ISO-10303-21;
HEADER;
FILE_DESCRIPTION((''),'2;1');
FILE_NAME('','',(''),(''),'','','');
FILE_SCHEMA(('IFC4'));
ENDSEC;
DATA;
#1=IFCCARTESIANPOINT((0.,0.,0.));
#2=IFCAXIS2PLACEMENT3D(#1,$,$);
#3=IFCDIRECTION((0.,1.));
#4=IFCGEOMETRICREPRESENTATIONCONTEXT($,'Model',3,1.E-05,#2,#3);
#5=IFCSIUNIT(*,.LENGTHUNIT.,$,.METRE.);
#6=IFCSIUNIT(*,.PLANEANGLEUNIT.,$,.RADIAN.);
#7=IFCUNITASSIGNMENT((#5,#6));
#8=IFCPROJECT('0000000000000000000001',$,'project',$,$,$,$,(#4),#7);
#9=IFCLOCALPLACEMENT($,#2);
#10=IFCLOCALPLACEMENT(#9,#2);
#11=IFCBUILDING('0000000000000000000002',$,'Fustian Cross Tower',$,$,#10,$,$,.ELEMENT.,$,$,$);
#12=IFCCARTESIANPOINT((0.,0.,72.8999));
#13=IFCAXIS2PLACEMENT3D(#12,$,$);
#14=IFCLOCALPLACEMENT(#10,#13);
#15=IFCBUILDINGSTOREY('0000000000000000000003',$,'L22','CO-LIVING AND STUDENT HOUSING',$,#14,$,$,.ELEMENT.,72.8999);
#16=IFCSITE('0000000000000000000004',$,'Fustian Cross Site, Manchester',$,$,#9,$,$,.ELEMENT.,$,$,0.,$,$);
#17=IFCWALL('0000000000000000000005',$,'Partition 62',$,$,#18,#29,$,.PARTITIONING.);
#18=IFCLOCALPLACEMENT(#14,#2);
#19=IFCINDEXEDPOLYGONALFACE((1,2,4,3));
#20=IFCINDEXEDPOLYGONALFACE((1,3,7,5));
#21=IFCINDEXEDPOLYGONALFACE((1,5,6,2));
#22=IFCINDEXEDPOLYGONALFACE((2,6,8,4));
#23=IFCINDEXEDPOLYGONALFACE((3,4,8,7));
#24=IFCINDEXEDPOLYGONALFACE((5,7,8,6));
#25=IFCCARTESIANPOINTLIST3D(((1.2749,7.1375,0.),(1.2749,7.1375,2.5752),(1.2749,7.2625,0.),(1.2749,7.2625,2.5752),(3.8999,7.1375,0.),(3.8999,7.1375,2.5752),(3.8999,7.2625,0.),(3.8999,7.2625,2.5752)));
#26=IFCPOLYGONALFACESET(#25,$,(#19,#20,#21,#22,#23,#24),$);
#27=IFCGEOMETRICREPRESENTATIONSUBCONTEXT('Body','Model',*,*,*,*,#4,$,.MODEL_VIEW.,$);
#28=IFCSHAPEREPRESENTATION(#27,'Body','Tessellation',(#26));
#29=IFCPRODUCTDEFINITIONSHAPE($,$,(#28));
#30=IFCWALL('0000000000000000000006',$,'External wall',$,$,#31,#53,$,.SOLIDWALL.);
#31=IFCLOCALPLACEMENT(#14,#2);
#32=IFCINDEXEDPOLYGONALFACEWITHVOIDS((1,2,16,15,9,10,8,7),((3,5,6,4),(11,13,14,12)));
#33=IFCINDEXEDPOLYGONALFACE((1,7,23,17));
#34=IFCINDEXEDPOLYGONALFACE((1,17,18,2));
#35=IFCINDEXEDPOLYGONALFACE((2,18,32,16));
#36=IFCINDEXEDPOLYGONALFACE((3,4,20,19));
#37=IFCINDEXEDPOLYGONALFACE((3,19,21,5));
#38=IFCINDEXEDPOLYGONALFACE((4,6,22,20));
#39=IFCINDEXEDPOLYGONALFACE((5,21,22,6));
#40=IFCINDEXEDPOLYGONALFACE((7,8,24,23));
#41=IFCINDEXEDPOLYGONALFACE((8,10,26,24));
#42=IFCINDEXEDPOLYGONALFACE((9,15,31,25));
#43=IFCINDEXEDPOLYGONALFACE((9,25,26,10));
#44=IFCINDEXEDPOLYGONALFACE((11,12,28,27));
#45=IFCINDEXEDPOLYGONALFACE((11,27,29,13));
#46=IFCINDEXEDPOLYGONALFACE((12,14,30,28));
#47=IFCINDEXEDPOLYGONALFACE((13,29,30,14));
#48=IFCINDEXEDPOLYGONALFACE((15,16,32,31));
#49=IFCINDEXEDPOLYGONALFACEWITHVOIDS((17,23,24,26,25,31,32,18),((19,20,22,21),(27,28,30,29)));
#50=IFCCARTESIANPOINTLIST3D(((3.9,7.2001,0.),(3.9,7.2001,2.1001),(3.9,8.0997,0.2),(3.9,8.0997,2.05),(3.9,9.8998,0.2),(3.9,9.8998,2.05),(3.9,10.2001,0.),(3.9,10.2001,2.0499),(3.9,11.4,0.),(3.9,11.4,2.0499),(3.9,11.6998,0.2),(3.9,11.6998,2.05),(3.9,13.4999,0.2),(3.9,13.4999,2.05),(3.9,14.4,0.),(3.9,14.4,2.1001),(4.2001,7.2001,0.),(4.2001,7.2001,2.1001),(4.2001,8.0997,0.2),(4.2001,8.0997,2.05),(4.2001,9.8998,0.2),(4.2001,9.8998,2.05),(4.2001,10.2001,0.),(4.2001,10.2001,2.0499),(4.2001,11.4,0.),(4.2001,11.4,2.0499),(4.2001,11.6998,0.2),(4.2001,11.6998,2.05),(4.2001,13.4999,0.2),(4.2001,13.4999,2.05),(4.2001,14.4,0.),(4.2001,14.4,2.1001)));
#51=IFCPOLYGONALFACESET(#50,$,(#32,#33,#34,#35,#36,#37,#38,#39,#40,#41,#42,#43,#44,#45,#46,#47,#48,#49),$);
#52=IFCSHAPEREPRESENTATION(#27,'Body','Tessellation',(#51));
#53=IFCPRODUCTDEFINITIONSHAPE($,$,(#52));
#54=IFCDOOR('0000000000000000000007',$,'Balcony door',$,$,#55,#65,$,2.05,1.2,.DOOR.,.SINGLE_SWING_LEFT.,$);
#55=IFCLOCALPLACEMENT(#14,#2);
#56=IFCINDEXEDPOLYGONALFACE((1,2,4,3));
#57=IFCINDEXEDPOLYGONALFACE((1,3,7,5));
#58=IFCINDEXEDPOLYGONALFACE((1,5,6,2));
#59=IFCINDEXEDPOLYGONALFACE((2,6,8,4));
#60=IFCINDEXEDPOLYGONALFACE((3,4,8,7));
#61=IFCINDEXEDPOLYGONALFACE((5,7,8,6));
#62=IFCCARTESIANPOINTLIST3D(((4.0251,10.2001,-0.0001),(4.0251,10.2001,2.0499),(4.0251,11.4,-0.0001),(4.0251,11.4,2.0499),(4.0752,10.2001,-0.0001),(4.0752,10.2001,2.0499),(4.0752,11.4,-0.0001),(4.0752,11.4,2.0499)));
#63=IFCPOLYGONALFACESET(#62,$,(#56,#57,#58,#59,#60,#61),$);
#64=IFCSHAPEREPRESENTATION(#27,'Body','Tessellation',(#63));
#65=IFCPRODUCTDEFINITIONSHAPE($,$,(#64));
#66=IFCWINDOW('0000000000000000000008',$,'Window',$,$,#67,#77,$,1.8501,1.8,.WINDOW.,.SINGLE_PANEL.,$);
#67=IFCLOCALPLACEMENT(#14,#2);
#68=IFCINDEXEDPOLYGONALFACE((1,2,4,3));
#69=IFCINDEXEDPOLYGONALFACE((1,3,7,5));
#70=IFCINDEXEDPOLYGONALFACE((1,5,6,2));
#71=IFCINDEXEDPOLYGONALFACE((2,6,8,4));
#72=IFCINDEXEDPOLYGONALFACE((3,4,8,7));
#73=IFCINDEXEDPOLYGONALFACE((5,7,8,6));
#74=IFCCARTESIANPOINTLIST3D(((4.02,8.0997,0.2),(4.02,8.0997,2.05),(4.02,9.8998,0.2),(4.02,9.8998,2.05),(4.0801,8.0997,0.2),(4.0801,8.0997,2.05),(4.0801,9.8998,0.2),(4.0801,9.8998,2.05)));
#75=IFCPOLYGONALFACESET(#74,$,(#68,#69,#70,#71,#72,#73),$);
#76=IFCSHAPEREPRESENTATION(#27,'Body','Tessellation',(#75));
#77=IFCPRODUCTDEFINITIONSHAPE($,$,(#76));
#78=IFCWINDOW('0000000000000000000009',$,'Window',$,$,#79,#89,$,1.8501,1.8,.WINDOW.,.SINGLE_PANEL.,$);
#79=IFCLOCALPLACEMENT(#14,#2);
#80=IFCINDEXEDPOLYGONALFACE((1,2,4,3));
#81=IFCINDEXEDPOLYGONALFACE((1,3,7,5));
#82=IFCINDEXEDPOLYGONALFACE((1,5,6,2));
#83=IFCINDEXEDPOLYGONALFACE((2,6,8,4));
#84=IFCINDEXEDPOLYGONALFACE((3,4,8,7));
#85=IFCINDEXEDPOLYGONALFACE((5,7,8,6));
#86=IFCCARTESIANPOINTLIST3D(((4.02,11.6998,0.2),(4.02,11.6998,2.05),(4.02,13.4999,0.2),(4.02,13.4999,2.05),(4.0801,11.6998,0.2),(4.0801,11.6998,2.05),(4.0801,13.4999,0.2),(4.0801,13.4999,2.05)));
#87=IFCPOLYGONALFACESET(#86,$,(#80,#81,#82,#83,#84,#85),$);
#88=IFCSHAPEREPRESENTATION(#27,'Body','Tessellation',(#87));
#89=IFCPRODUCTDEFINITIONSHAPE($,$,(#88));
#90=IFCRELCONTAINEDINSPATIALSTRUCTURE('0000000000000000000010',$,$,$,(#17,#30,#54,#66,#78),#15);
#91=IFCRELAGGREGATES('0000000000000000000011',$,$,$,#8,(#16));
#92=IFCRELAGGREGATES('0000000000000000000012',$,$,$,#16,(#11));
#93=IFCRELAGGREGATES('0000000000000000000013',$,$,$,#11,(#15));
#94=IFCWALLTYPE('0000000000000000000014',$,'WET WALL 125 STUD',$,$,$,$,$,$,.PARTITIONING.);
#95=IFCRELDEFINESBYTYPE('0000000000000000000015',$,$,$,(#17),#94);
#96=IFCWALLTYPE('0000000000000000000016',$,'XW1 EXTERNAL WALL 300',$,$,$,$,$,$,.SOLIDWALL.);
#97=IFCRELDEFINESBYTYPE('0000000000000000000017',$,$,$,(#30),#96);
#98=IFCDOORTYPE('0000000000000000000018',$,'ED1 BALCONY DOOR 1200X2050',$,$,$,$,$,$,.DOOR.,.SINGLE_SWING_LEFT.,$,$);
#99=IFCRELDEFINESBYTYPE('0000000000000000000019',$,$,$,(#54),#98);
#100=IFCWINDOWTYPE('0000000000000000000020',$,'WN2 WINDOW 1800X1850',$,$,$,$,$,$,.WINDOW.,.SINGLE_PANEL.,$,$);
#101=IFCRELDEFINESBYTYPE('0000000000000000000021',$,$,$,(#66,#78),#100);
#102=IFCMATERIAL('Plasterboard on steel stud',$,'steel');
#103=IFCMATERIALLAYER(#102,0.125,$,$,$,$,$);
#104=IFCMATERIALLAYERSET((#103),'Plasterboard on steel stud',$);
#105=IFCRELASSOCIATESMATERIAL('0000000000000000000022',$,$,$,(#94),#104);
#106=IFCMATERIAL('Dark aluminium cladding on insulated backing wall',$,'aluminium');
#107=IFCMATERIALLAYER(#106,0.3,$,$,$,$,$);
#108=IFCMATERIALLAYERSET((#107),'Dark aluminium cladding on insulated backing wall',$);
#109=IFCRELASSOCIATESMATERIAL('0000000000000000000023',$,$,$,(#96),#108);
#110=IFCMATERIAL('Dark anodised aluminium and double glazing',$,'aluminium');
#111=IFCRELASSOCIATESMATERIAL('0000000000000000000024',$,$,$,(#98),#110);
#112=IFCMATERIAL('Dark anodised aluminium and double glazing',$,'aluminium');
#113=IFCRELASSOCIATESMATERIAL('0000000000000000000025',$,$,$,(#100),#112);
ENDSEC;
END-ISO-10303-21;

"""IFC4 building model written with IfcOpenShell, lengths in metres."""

from ifc_helpers import new_model, si_unit, direction, frame, frame_2d, origin, place, context, subcontext, project, spatial, rectangle, extrude, material, layer, layer_set, type_object, element, fill, save


model = new_model("IFC4")

# Units and contexts
model_context = context("Model", 3, precision=1e-05, world=origin(), true_north=direction((0.0, 1.0)))
body_context = subcontext(model_context, "Body", "Model", "MODEL_VIEW")
ifc_project = project(units=[si_unit("LENGTHUNIT", "METRE"), si_unit("PLANEANGLEUNIT", "RADIAN")], contexts=[model_context])

# Site, building, storey
site_placement = place(None, origin())
site = spatial("IfcSite", under=ifc_project, at=site_placement, Name="Fustian Cross Site, Manchester", CompositionType="ELEMENT", RefElevation=0.0)
building_placement = place(site_placement, origin())
building = spatial("IfcBuilding", under=site, at=building_placement, Name="Fustian Cross Tower", CompositionType="ELEMENT")
storey_placement = place(building_placement, frame((0.0, 0.0, 72.8999)))
storey = spatial("IfcBuildingStorey", under=building, at=storey_placement, Name="L22", Description="CO-LIVING AND STUDENT HOUSING", CompositionType="ELEMENT", Elevation=72.8999)

# Wall
ifc_material_1 = material(Name="Plasterboard on steel stud", Category="steel")
ifc_layer_1 = layer(ifc_material_1, 0.125)
ifc_layer_set_1 = layer_set([ifc_layer_1], Name="Plasterboard on steel stud")
wall_type_1 = type_object("IfcWallType", Name="WET WALL 125 STUD", PredefinedType="PARTITIONING", material=ifc_layer_set_1)
wall_1_placement = place(storey_placement, frame((1.2749, 7.2, 0.0), z_axis=(0.0, 0.0, 1.0), x_axis=(1.0, 0.0, 0.0)))
element("IfcWall", 1, at=wall_1_placement, inside=storey, type_object=wall_type_1, Name="Partition 62", PredefinedType="PARTITIONING", context=body_context, shape_type="SweptSolid", body=[
    extrude(rectangle(XDim=2.625, YDim=0.125, at=frame_2d((1.3125, 0.0))), origin(), (0.0, 0.0, 1.0), 2.5752),
])

# Wall, openings, door, windows
ifc_material_2 = material(Name="Dark aluminium cladding on insulated backing wall", Category="aluminium")
ifc_layer_2 = layer(ifc_material_2, 0.3)
ifc_layer_set_2 = layer_set([ifc_layer_2], Name="Dark aluminium cladding on insulated backing wall")
wall_type_2 = type_object("IfcWallType", Name="XW1 EXTERNAL WALL 300", PredefinedType="SOLIDWALL", material=ifc_layer_set_2)
wall_2_placement = place(storey_placement, frame((4.05, 7.2, 0.0), z_axis=(0.0, 0.0, 1.0), x_axis=(0.0, 1.0, 0.0)))
wall_2 = element("IfcWall", 2, at=wall_2_placement, inside=storey, type_object=wall_type_2, Name="External wall", PredefinedType="SOLIDWALL", context=body_context, shape_type="SweptSolid", body=[
    extrude(rectangle(XDim=7.2, YDim=0.3, at=frame_2d((3.6001, 0.0))), origin(), (0.0, 0.0, 1.0), 2.1001),
])
opening_1_placement = place(wall_2_placement, frame((3.0, 0.0, 0.0)))
opening_1 = element("IfcOpeningElement", 3, at=opening_1_placement, cuts=wall_2, PredefinedType="OPENING", context=body_context, shape_type="SweptSolid", body=[
    extrude(rectangle(XDim=1.2, YDim=2.05, at=frame_2d((0.6001, 1.0249))), frame((0.0, 0.1599, 0.0), z_axis=(0.0, -1.0, 0.0), x_axis=(1.0, 0.0, 0.0)), (0.0, 0.0, 1.0), 0.3201),
])
opening_2_placement = place(wall_2_placement, frame((0.8999, 0.0, 0.2)))
opening_2 = element("IfcOpeningElement", 4, at=opening_2_placement, cuts=wall_2, PredefinedType="OPENING", context=body_context, shape_type="SweptSolid", body=[
    extrude(rectangle(XDim=1.8, YDim=1.8501, at=frame_2d((0.8999, 0.925))), frame((0.0, 0.1599, 0.0), z_axis=(0.0, -1.0, 0.0), x_axis=(1.0, 0.0, 0.0)), (0.0, 0.0, 1.0), 0.3201),
])
opening_3_placement = place(wall_2_placement, frame((4.5, 0.0, 0.2)))
opening_3 = element("IfcOpeningElement", 5, at=opening_3_placement, cuts=wall_2, PredefinedType="OPENING", context=body_context, shape_type="SweptSolid", body=[
    extrude(rectangle(XDim=1.8, YDim=1.8501, at=frame_2d((0.8999, 0.925))), frame((0.0, 0.1599, 0.0), z_axis=(0.0, -1.0, 0.0), x_axis=(1.0, 0.0, 0.0)), (0.0, 0.0, 1.0), 0.3201),
])
ifc_material_3 = material(Name="Dark anodised aluminium and double glazing", Category="aluminium")
door_type_1 = type_object("IfcDoorType", Name="ED1 BALCONY DOOR 1200X2050", OperationType="SINGLE_SWING_LEFT", PredefinedType="DOOR", material=ifc_material_3)
door_1_placement = place(opening_1_placement, origin())
door_1 = element("IfcDoor", 6, at=door_1_placement, inside=storey, type_object=door_type_1, Name="Balcony door", OperationType="SINGLE_SWING_LEFT", OverallHeight=2.05, OverallWidth=1.2, PredefinedType="DOOR", context=body_context, shape_type="SweptSolid", body=[
    extrude(rectangle(XDim=1.2, YDim=2.05, at=frame_2d((0.6001, 1.0249))), frame((0.0, 0.0249, 0.0), z_axis=(0.0, -1.0, 0.0), x_axis=(1.0, 0.0, 0.0)), (0.0, 0.0, 1.0), 0.05),
])
fill(opening_1, door_1)
ifc_material_4 = material(Name="Dark anodised aluminium and double glazing", Category="aluminium")
window_type = type_object("IfcWindowType", Name="WN2 WINDOW 1800X1850", PartitioningType="SINGLE_PANEL", PredefinedType="WINDOW", material=ifc_material_4)
window_1_placement = place(opening_2_placement, origin())
window_1 = element("IfcWindow", 7, at=window_1_placement, inside=storey, type_object=window_type, Name="Window", OverallHeight=1.8501, OverallWidth=1.8, PartitioningType="SINGLE_PANEL", PredefinedType="WINDOW", context=body_context, shape_type="SweptSolid", body=[
    extrude(rectangle(XDim=1.8, YDim=1.8501, at=frame_2d((0.8999, 0.925))), frame((0.0, 0.03, 0.0), z_axis=(0.0, -1.0, 0.0), x_axis=(1.0, 0.0, 0.0)), (0.0, 0.0, 1.0), 0.0601),
])
fill(opening_2, window_1)
window_2_placement = place(opening_3_placement, origin())
window_2 = element("IfcWindow", 8, at=window_2_placement, inside=storey, type_object=window_type, Name="Window", OverallHeight=1.8501, OverallWidth=1.8, PartitioningType="SINGLE_PANEL", PredefinedType="WINDOW", context=body_context, shape_type="SweptSolid", body=[
    extrude(rectangle(XDim=1.8, YDim=1.8501, at=frame_2d((0.8999, 0.925))), frame((0.0, 0.03, 0.0), z_axis=(0.0, -1.0, 0.0), x_axis=(1.0, 0.0, 0.0)), (0.0, 0.0, 1.0), 0.0601),
])
fill(opening_3, window_2)

save(model, "model.ifc")
